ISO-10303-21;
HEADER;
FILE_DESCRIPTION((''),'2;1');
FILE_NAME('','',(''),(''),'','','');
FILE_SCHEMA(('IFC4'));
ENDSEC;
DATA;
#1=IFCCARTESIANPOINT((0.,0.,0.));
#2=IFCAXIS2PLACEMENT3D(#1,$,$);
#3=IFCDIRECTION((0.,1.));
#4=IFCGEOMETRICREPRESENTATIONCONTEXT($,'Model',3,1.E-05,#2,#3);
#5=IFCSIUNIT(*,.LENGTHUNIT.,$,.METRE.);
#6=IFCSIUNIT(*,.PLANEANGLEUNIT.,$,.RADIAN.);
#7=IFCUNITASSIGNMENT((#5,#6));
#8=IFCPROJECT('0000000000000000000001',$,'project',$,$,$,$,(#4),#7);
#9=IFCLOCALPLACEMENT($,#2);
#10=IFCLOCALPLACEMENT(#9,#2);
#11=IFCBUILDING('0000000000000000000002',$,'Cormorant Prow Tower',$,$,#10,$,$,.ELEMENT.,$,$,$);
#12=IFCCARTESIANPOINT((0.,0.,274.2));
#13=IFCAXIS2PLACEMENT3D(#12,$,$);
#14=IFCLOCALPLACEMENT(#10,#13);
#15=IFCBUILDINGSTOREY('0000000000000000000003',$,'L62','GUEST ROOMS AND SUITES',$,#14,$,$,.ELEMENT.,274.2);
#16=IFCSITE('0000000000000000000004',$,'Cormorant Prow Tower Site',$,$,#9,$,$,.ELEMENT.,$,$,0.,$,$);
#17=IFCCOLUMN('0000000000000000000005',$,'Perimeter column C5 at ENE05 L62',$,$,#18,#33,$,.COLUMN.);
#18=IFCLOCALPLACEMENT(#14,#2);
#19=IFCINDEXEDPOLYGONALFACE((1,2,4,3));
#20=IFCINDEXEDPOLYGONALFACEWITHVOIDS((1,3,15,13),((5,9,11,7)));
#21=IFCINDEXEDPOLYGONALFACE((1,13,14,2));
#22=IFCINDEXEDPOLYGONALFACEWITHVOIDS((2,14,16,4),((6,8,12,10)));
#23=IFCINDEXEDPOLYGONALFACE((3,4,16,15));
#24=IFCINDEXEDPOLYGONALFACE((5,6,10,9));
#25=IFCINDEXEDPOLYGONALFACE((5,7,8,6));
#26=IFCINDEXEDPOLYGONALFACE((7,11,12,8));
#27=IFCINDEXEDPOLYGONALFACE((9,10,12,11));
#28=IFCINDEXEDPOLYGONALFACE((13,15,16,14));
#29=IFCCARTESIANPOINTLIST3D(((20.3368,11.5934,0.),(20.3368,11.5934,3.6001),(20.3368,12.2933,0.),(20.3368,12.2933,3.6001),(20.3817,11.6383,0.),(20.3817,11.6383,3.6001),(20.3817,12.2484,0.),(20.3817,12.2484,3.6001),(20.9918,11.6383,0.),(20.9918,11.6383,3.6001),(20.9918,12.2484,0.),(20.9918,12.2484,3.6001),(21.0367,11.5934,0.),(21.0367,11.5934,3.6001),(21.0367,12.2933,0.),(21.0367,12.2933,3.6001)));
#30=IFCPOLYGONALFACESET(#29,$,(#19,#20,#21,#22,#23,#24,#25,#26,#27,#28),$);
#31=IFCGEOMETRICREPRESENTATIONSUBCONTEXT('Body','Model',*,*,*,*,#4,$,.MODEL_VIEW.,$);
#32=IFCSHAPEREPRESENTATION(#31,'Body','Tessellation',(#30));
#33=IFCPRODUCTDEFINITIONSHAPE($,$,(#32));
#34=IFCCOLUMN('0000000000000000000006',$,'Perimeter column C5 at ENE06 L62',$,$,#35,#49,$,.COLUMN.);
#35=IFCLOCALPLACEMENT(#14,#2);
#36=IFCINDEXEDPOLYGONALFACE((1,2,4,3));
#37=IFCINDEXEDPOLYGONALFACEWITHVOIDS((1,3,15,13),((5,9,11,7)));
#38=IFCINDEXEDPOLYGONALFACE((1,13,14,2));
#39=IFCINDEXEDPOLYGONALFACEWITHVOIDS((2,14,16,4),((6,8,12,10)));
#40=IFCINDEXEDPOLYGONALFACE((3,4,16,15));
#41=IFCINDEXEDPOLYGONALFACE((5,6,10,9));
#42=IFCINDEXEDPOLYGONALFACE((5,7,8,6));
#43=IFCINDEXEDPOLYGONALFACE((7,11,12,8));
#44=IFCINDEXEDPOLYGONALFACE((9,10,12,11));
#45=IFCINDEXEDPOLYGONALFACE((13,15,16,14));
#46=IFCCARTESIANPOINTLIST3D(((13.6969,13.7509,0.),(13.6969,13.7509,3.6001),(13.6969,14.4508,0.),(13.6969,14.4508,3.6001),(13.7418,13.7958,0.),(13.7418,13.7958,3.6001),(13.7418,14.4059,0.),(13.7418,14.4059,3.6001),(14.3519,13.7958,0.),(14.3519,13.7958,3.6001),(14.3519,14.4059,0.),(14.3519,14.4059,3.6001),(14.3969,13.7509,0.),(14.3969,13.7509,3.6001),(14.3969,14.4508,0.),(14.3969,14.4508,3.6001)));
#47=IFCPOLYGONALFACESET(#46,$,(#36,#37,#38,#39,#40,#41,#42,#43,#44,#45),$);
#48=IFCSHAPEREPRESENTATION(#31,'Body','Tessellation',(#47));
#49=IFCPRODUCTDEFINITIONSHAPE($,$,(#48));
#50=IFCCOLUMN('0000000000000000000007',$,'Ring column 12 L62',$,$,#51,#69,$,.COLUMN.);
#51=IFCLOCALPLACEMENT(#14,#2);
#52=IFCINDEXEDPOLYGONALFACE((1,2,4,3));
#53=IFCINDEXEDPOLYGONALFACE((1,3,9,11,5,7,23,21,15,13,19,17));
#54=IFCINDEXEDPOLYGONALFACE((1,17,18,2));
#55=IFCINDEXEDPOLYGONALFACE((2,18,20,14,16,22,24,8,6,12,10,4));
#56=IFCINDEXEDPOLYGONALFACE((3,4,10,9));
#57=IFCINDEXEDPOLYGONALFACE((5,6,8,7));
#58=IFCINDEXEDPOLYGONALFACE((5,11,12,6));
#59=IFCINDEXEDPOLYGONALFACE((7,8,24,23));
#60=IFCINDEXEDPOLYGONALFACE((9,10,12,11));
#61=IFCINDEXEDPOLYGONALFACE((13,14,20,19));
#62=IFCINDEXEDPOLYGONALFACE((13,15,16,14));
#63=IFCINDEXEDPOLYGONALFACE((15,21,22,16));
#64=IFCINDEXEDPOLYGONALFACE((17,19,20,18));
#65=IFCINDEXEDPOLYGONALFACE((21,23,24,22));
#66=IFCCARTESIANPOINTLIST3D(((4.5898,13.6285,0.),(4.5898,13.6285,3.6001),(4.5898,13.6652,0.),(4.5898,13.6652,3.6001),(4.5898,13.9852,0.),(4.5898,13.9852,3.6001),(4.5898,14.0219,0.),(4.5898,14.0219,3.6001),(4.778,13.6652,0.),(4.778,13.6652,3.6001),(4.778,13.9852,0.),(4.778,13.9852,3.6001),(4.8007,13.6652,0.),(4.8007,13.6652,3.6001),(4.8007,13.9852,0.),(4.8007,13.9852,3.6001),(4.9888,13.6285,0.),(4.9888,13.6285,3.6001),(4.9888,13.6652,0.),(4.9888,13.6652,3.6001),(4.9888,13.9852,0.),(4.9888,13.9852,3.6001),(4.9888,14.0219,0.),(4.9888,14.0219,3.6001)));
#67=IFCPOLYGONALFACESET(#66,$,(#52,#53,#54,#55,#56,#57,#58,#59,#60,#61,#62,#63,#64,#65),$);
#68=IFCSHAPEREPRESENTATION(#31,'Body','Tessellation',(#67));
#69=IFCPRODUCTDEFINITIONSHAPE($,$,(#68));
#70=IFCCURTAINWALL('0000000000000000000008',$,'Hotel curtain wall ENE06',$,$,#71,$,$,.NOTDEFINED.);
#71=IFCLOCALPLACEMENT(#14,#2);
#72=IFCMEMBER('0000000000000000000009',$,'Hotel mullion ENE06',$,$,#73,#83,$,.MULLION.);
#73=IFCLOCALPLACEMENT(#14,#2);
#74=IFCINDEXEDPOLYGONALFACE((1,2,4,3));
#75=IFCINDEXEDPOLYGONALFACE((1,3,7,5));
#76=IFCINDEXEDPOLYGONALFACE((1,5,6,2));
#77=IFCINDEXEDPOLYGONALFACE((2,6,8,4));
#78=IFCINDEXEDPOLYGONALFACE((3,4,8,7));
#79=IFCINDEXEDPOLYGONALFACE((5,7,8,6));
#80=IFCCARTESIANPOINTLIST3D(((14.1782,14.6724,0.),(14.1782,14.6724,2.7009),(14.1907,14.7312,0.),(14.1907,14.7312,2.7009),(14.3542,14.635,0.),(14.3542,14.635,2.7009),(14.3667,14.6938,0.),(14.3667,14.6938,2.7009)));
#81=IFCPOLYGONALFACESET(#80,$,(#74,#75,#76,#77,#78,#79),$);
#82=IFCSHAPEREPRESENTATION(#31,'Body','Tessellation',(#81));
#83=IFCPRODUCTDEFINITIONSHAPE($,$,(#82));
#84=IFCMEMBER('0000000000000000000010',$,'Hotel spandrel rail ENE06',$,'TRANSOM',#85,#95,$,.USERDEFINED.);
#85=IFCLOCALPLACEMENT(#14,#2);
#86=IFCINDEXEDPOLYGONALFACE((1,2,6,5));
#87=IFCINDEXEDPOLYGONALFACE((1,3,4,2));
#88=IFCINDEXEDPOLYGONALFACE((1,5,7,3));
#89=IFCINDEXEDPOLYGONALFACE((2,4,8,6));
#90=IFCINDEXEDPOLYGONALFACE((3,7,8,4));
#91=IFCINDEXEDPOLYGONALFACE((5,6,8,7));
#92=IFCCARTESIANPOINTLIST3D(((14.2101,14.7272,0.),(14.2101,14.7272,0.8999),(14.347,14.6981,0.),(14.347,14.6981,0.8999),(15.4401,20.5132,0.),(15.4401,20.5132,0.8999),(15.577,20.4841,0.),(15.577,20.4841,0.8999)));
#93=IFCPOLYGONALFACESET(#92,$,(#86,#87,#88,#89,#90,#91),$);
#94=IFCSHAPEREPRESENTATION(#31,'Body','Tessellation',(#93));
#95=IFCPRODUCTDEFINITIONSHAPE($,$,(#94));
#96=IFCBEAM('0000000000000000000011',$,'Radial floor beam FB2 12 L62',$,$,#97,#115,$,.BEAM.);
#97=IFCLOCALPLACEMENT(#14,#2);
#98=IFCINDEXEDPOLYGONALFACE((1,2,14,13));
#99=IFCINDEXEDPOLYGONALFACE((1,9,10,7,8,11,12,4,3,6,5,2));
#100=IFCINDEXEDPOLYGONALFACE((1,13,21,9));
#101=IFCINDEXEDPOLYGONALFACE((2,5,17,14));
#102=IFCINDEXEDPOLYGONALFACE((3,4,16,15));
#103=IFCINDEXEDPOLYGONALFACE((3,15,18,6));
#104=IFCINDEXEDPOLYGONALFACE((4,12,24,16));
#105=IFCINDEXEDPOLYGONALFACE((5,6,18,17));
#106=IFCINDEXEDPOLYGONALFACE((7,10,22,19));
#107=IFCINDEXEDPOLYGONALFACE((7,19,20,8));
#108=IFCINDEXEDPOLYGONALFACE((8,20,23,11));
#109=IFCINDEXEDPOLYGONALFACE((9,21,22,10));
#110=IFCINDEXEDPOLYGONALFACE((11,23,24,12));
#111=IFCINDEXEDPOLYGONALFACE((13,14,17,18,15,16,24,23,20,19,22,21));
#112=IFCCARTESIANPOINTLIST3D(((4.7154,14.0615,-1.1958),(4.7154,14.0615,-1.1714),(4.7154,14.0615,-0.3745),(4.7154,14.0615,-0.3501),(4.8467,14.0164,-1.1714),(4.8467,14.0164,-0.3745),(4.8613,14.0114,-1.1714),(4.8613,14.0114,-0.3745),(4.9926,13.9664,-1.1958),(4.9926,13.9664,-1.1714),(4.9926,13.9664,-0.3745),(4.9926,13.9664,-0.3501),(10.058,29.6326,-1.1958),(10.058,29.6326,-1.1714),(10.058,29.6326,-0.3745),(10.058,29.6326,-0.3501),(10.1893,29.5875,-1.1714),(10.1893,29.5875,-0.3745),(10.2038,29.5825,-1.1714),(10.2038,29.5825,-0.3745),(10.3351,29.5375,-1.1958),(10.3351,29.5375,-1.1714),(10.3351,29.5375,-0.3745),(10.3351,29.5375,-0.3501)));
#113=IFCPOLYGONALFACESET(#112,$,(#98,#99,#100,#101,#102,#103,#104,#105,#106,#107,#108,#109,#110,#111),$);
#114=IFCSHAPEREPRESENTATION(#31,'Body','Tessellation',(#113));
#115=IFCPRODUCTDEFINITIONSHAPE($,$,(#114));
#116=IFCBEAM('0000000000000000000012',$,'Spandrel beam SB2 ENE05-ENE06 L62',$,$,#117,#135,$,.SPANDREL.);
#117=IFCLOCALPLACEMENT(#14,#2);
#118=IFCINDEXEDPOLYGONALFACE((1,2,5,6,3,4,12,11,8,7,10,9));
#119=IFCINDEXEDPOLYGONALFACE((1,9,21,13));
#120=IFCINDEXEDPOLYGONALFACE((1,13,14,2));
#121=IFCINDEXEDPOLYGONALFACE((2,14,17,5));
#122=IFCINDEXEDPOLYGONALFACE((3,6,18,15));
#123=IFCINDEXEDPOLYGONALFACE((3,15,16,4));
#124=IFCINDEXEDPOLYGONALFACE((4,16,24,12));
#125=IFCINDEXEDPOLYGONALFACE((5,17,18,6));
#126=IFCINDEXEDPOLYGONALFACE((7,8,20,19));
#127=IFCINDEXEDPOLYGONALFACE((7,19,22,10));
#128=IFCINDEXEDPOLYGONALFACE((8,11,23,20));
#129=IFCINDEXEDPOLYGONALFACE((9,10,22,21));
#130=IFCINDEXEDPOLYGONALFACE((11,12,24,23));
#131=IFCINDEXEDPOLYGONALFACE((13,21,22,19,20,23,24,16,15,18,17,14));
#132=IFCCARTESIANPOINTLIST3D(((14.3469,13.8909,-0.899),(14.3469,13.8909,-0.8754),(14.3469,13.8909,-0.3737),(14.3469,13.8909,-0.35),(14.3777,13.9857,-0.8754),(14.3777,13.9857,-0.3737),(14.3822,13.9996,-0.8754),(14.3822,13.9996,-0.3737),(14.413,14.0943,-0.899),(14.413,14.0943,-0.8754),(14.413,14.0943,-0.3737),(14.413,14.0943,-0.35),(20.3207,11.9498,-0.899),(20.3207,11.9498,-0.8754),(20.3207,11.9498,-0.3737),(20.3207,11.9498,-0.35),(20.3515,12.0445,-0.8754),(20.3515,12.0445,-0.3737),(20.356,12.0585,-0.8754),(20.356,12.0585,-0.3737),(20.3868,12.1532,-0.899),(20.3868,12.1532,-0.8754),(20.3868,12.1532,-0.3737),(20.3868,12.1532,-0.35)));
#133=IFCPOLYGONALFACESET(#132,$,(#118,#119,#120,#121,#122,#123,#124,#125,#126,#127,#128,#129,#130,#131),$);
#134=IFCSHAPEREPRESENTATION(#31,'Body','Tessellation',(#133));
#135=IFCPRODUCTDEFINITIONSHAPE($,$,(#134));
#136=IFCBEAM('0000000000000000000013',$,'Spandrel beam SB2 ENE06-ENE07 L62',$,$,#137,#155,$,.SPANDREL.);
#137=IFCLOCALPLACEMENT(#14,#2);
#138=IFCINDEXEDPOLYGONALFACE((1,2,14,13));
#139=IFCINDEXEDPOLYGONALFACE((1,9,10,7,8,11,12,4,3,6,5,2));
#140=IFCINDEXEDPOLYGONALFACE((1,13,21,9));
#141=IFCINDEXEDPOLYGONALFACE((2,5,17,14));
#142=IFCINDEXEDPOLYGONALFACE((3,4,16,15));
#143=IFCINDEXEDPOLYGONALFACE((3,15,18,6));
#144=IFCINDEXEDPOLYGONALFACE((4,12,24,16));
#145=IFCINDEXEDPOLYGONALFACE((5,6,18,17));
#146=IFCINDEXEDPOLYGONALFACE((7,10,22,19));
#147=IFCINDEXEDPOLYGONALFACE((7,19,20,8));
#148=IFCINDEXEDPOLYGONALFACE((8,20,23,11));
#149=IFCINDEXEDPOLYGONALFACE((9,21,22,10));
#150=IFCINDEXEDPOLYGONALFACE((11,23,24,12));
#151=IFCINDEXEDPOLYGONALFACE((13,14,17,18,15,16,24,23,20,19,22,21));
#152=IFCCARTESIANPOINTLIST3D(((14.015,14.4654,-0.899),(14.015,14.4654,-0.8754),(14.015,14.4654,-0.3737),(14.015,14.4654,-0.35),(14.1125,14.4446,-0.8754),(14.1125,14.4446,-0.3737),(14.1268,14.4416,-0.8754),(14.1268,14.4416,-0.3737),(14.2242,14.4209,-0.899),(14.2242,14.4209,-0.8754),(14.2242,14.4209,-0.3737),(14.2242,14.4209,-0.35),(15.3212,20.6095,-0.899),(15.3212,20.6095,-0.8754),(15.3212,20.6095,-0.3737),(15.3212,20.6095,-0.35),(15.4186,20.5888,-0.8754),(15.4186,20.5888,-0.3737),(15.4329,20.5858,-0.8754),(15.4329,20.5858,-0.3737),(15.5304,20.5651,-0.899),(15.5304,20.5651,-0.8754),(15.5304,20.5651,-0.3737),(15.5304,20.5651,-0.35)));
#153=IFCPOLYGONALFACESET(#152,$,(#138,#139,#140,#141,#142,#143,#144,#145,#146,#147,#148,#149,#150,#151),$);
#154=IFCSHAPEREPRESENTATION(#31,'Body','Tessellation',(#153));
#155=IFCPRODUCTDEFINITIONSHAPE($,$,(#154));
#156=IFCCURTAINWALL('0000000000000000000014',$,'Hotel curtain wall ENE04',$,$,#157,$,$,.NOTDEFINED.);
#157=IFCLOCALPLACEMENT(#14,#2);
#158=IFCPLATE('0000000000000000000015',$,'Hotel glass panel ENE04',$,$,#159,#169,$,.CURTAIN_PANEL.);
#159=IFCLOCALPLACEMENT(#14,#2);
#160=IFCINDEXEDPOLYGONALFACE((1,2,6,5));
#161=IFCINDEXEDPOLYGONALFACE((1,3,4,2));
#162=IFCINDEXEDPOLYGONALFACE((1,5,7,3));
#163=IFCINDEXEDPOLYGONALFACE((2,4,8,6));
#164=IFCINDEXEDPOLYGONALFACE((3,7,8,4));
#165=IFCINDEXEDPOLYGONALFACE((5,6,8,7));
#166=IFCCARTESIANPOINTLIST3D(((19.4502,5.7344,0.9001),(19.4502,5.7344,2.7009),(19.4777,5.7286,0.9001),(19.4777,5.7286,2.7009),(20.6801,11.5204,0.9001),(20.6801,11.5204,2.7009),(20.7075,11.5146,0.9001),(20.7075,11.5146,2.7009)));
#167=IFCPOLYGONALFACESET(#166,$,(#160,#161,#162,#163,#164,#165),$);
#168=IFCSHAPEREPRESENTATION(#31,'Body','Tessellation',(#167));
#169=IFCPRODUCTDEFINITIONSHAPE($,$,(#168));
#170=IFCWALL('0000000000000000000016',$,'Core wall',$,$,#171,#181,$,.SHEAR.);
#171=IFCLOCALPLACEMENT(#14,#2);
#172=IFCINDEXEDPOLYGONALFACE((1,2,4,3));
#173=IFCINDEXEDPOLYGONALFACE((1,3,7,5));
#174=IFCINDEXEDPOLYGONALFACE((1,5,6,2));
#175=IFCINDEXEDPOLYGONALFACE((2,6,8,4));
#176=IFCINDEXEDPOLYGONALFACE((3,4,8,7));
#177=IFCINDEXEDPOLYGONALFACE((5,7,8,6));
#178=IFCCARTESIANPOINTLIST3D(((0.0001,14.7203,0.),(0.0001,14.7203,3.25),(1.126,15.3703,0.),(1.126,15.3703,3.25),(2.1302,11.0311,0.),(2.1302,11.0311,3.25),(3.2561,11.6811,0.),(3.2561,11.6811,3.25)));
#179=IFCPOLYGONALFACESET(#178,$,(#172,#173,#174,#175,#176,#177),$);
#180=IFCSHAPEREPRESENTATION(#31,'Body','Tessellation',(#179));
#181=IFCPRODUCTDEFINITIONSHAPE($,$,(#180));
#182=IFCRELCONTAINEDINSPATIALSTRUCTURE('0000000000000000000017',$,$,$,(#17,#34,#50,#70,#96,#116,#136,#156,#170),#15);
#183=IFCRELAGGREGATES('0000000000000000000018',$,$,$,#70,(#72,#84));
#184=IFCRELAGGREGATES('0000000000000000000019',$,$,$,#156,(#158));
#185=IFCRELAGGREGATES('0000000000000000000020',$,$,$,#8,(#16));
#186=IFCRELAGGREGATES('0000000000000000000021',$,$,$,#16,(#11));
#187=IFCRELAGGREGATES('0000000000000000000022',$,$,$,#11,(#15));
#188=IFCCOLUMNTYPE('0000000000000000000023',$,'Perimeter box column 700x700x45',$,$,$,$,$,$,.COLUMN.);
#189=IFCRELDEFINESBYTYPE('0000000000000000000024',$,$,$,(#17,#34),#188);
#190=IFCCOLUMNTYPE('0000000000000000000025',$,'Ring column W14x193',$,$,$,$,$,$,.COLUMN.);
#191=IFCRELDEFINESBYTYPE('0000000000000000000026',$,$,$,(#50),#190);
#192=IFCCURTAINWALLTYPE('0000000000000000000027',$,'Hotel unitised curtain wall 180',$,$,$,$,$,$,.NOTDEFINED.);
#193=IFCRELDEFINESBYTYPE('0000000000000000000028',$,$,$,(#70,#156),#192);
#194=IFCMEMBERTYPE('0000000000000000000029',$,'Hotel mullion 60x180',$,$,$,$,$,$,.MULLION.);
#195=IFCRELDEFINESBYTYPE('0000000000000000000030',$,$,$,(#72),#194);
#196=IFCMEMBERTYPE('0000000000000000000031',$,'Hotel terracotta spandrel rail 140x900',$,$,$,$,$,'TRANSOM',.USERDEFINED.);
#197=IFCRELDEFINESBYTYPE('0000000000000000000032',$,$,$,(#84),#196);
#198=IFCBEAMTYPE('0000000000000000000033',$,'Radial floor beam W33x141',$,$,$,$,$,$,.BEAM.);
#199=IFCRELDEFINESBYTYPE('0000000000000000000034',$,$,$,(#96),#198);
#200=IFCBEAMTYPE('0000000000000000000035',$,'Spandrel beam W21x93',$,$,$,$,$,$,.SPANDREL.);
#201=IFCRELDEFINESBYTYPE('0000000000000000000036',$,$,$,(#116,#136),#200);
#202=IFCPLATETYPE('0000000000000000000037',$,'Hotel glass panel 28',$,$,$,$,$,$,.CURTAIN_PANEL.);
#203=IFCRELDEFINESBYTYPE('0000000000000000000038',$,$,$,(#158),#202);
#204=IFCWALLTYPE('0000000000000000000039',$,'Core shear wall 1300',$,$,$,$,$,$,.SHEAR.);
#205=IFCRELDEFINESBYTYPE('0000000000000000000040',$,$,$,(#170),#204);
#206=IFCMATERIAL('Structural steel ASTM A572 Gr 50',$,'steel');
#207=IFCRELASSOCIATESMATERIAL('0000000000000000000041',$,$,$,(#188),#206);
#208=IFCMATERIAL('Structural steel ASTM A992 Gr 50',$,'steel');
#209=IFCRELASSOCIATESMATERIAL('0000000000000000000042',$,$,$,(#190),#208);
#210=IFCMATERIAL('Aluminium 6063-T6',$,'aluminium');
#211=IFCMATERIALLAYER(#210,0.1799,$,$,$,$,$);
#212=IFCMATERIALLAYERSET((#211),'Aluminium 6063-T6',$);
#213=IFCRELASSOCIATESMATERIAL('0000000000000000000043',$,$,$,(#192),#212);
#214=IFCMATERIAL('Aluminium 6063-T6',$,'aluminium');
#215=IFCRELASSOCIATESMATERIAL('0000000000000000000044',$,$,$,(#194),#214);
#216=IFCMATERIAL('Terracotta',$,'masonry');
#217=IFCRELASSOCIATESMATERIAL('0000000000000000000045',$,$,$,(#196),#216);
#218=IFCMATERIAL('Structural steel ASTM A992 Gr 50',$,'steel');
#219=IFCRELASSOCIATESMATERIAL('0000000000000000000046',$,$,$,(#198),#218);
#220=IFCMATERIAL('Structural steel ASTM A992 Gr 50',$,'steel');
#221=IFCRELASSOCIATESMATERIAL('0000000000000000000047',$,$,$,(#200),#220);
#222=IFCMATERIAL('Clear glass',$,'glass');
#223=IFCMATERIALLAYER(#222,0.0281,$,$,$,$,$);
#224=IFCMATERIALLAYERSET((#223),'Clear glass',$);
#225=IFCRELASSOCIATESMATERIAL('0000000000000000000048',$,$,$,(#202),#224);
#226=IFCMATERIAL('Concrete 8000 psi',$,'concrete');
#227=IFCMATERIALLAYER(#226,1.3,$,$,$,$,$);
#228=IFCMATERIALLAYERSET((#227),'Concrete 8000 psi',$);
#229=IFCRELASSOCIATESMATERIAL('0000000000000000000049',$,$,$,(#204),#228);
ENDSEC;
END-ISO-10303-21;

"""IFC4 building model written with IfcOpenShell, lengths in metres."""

from ifc_helpers import new_model, si_unit, direction, frame, frame_2d, origin, origin_2d, place, context, subcontext, project, spatial, rectangle, hollow_rectangle, i_section, extrude, material, layer, layer_set, material_profile, profile_set, type_object, element, aggregate, save


model = new_model("IFC4")

# Units and contexts
model_context = context("Model", 3, precision=1e-05, world=origin(), true_north=direction((0.0, 1.0)))
body_context = subcontext(model_context, "Body", "Model", "MODEL_VIEW")
ifc_project = project(units=[si_unit("LENGTHUNIT", "METRE"), si_unit("PLANEANGLEUNIT", "RADIAN")], contexts=[model_context])

# Site, building, storey
site_placement = place(None, origin())
site = spatial("IfcSite", under=ifc_project, at=site_placement, Name="Cormorant Prow Tower Site", CompositionType="ELEMENT", RefElevation=0.0)
building_placement = place(site_placement, origin())
building = spatial("IfcBuilding", under=site, at=building_placement, Name="Cormorant Prow Tower", CompositionType="ELEMENT")
storey_placement = place(building_placement, frame((0.0, 0.0, 274.2)))
storey = spatial("IfcBuildingStorey", under=building, at=storey_placement, Name="L62", Description="GUEST ROOMS AND SUITES", CompositionType="ELEMENT", Elevation=274.2)

# Columns
ifc_material_1 = material(Name="Structural steel ASTM A572 Gr 50", Category="steel")
ifc_material_profile_1 = material_profile(ifc_material_1, hollow_rectangle(XDim=0.7, YDim=0.7, WallThickness=0.0449, at=origin_2d()), Name="Box 700x700x45")
ifc_profile_set_1 = profile_set([ifc_material_profile_1], Name="Structural steel ASTM A572 Gr 50")
column_type_1 = type_object("IfcColumnType", Name="Perimeter box column 700x700x45", PredefinedType="COLUMN", material=ifc_profile_set_1)
for number, where, z_axis, x_axis, name in (
    (1, (20.6868, 11.9434, 0.0), (0.0, 0.0, 1.0), (1.0, 0.0, 0.0), "Perimeter column C5 at ENE05 L62"),
    (2, (14.0469, 14.1008, 0.0), (0.0, 0.0, 1.0), (1.0, 0.0, 0.0), "Perimeter column C5 at ENE06 L62"),
):
    element("IfcColumn", number, at=place(storey_placement, frame(where, z_axis=z_axis, x_axis=x_axis)), inside=storey, type_object=column_type_1, Name=name, PredefinedType="COLUMN", context=body_context, shape_type="SweptSolid", body=[
        extrude(hollow_rectangle(XDim=0.7, YDim=0.7, WallThickness=0.0449, at=origin_2d()), origin(), (0.0, 0.0, 1.0), 3.6001),
    ])
ifc_material_2 = material(Name="Structural steel ASTM A992 Gr 50", Category="steel")
ifc_material_profile_2 = material_profile(ifc_material_2, i_section(OverallWidth=0.3989, OverallDepth=0.3933, WebThickness=0.0227, FlangeThickness=0.0366, at=origin_2d()), Name="W14x193")
ifc_profile_set_2 = profile_set([ifc_material_profile_2], Name="Structural steel ASTM A992 Gr 50")
column_type_2 = type_object("IfcColumnType", Name="Ring column W14x193", PredefinedType="COLUMN", material=ifc_profile_set_2)
column_placement = place(storey_placement, frame((4.7893, 13.8252, 0.0), z_axis=(0.0, 0.0, 1.0), x_axis=(1.0, 0.0, 0.0)))
element("IfcColumn", 3, at=column_placement, inside=storey, type_object=column_type_2, Name="Ring column 12 L62", PredefinedType="COLUMN", context=body_context, shape_type="SweptSolid", body=[
    extrude(i_section(OverallWidth=0.3989, OverallDepth=0.3933, WebThickness=0.0227, FlangeThickness=0.0366, at=origin_2d()), origin(), (0.0, 0.0, 1.0), 3.6001),
])

# Curtain wall, members
ifc_material_3 = material(Name="Aluminium 6063-T6", Category="aluminium")
ifc_layer_1 = layer(ifc_material_3, 0.1799)
ifc_layer_set_1 = layer_set([ifc_layer_1], Name="Aluminium 6063-T6")
curtain_wall_type = type_object("IfcCurtainWallType", Name="Hotel unitised curtain wall 180", PredefinedType="NOTDEFINED", material=ifc_layer_set_1)
curtain_wall_1_placement = place(storey_placement, origin())
curtain_wall_1 = element("IfcCurtainWall", 4, at=curtain_wall_1_placement, inside=storey, type_object=curtain_wall_type, Name="Hotel curtain wall ENE06", PredefinedType="NOTDEFINED")
ifc_material_4 = material(Name="Aluminium 6063-T6", Category="aluminium")
ifc_material_profile_3 = material_profile(ifc_material_4, rectangle(XDim=0.1799, YDim=0.0601, at=origin_2d()), Name="Hotel mullion 60x180")
ifc_profile_set_3 = profile_set([ifc_material_profile_3], Name="Aluminium 6063-T6")
member_type_1 = type_object("IfcMemberType", Name="Hotel mullion 60x180", PredefinedType="MULLION", material=ifc_profile_set_3)
member_1_placement = place(storey_placement, frame((14.2725, 14.6831, 0.0), z_axis=(0.0, 0.0, 1.0), x_axis=(-0.978148, 0.207912, 0.0)))
member_1 = element("IfcMember", 5, at=member_1_placement, type_object=member_type_1, Name="Hotel mullion ENE06", PredefinedType="MULLION", context=body_context, shape_type="SweptSolid", body=[
    extrude(rectangle(XDim=0.1799, YDim=0.0601, at=origin_2d()), origin(), (0.0, 0.0, 1.0), 2.7009),
])
ifc_material_5 = material(Name="Terracotta", Category="masonry")
ifc_material_profile_4 = material_profile(ifc_material_5, rectangle(XDim=0.1399, YDim=0.8999, at=origin_2d()), Name="Hotel terracotta spandrel rail 140x900")
ifc_profile_set_4 = profile_set([ifc_material_profile_4], Name="Terracotta")
member_type_2 = type_object("IfcMemberType", Name="Hotel terracotta spandrel rail 140x900", ElementType="TRANSOM", PredefinedType="USERDEFINED", material=ifc_profile_set_4)
member_2_placement = place(storey_placement, frame((14.2786, 14.7126, 0.45), z_axis=(0.207936, 0.978142, 0.0), x_axis=(-0.978142, 0.207936, 0.0)))
member_2 = element("IfcMember", 6, at=member_2_placement, type_object=member_type_2, Name="Hotel spandrel rail ENE06", ObjectType="TRANSOM", PredefinedType="USERDEFINED", context=body_context, shape_type="SweptSolid", body=[
    extrude(rectangle(XDim=0.1399, YDim=0.8999, at=origin_2d()), origin(), (0.0, 0.0, 1.0), 5.9153),
])
aggregate(curtain_wall_1, [member_1, member_2])

# Beams
ifc_material_6 = material(Name="Structural steel ASTM A992 Gr 50", Category="steel")
ifc_material_profile_5 = material_profile(ifc_material_6, i_section(OverallWidth=0.293, OverallDepth=0.8457, WebThickness=0.0154, FlangeThickness=0.0244, at=origin_2d()), Name="W33x141")
ifc_profile_set_5 = profile_set([ifc_material_profile_5], Name="Structural steel ASTM A992 Gr 50")
beam_type_1 = type_object("IfcBeamType", Name="Radial floor beam W33x141", PredefinedType="BEAM", material=ifc_profile_set_5)
beam_1_placement = place(storey_placement, frame((4.854, 14.0139, -0.7729), z_axis=(0.324536, 0.945874, 0.0), x_axis=(-0.945874, 0.324536, 0.0)))
element("IfcBeam", 7, at=beam_1_placement, inside=storey, type_object=beam_type_1, Name="Radial floor beam FB2 12 L62", PredefinedType="BEAM", context=body_context, shape_type="SweptSolid", body=[
    extrude(i_section(OverallWidth=0.293, OverallDepth=0.8457, WebThickness=0.0154, FlangeThickness=0.0244, at=origin_2d()), origin(), (0.0, 0.0, 1.0), 16.4622),
])
ifc_material_7 = material(Name="Structural steel ASTM A992 Gr 50", Category="steel")
ifc_material_profile_6 = material_profile(ifc_material_7, i_section(OverallWidth=0.2139, OverallDepth=0.5491, WebThickness=0.0146, FlangeThickness=0.0237, at=origin_2d()), Name="W21x93")
ifc_profile_set_6 = profile_set([ifc_material_profile_6], Name="Structural steel ASTM A992 Gr 50")
beam_type_2 = type_object("IfcBeamType", Name="Spandrel beam W21x93", PredefinedType="SPANDREL", material=ifc_profile_set_6)
beam_2_placement = place(storey_placement, frame((20.3538, 12.0515, -0.6245), z_axis=(-0.95105, 0.309036, 0.0), x_axis=(-0.309036, -0.95105, 0.0)))
element("IfcBeam", 8, at=beam_2_placement, inside=storey, type_object=beam_type_2, Name="Spandrel beam SB2 ENE05-ENE06 L62", PredefinedType="SPANDREL", context=body_context, shape_type="SweptSolid", body=[
    extrude(i_section(OverallWidth=0.2139, OverallDepth=0.5491, WebThickness=0.0146, FlangeThickness=0.0237, at=origin_2d()), origin(), (0.0, 0.0, 1.0), 6.2812),
])
beam_3_placement = place(storey_placement, frame((14.1196, 14.4431, -0.6245), z_axis=(0.207934, 0.978143, 0.0), x_axis=(-0.978143, 0.207934, 0.0)))
element("IfcBeam", 9, at=beam_3_placement, inside=storey, type_object=beam_type_2, Name="Spandrel beam SB2 ENE06-ENE07 L62", PredefinedType="SPANDREL", context=body_context, shape_type="SweptSolid", body=[
    extrude(i_section(OverallWidth=0.2139, OverallDepth=0.5491, WebThickness=0.0146, FlangeThickness=0.0237, at=origin_2d()), origin(), (0.0, 0.0, 1.0), 6.2815),
])

# Curtain wall, plate
curtain_wall_2_placement = place(storey_placement, origin())
curtain_wall_2 = element("IfcCurtainWall", 10, at=curtain_wall_2_placement, inside=storey, type_object=curtain_wall_type, Name="Hotel curtain wall ENE04", PredefinedType="NOTDEFINED")
ifc_material_8 = material(Name="Clear glass", Category="glass")
ifc_layer_2 = layer(ifc_material_8, 0.0281)
ifc_layer_set_2 = layer_set([ifc_layer_2], Name="Clear glass")
plate_type = type_object("IfcPlateType", Name="Hotel glass panel 28", PredefinedType="CURTAIN_PANEL", material=ifc_layer_set_2)
plate_placement = place(storey_placement, frame((20.0789, 8.6245, 0.9001), z_axis=(0.0, 0.0, 1.0), x_axis=(0.207912, 0.978148, 0.0)))
plate = element("IfcPlate", 11, at=plate_placement, type_object=plate_type, Name="Hotel glass panel ENE04", PredefinedType="CURTAIN_PANEL", context=body_context, shape_type="SweptSolid", body=[
    extrude(rectangle(XDim=5.9153, YDim=0.0281, at=origin_2d()), origin(), (0.0, 0.0, 1.0), 1.8008),
])
aggregate(curtain_wall_2, [plate])

# Wall
ifc_material_9 = material(Name="Concrete 8000 psi", Category="concrete")
ifc_layer_3 = layer(ifc_material_9, 1.3)
ifc_layer_set_3 = layer_set([ifc_layer_3], Name="Concrete 8000 psi")
wall_type_1 = type_object("IfcWallType", Name="Core shear wall 1300", PredefinedType="SHEAR", material=ifc_layer_set_3)
wall_1_placement = place(storey_placement, frame((2.6931, 11.3562, 0.0), z_axis=(0.0, 0.0, 1.0), x_axis=(-0.500028, 0.866009, 0.0)))
element("IfcWall", 12, at=wall_1_placement, inside=storey, type_object=wall_type_1, Name="Core wall", PredefinedType="SHEAR", context=body_context, shape_type="SweptSolid", body=[
    extrude(rectangle(XDim=4.26, YDim=1.3, at=frame_2d((2.1299, 0.0))), origin(), (0.0, 0.0, 1.0), 3.25),
])

save(model, "model.ifc")
